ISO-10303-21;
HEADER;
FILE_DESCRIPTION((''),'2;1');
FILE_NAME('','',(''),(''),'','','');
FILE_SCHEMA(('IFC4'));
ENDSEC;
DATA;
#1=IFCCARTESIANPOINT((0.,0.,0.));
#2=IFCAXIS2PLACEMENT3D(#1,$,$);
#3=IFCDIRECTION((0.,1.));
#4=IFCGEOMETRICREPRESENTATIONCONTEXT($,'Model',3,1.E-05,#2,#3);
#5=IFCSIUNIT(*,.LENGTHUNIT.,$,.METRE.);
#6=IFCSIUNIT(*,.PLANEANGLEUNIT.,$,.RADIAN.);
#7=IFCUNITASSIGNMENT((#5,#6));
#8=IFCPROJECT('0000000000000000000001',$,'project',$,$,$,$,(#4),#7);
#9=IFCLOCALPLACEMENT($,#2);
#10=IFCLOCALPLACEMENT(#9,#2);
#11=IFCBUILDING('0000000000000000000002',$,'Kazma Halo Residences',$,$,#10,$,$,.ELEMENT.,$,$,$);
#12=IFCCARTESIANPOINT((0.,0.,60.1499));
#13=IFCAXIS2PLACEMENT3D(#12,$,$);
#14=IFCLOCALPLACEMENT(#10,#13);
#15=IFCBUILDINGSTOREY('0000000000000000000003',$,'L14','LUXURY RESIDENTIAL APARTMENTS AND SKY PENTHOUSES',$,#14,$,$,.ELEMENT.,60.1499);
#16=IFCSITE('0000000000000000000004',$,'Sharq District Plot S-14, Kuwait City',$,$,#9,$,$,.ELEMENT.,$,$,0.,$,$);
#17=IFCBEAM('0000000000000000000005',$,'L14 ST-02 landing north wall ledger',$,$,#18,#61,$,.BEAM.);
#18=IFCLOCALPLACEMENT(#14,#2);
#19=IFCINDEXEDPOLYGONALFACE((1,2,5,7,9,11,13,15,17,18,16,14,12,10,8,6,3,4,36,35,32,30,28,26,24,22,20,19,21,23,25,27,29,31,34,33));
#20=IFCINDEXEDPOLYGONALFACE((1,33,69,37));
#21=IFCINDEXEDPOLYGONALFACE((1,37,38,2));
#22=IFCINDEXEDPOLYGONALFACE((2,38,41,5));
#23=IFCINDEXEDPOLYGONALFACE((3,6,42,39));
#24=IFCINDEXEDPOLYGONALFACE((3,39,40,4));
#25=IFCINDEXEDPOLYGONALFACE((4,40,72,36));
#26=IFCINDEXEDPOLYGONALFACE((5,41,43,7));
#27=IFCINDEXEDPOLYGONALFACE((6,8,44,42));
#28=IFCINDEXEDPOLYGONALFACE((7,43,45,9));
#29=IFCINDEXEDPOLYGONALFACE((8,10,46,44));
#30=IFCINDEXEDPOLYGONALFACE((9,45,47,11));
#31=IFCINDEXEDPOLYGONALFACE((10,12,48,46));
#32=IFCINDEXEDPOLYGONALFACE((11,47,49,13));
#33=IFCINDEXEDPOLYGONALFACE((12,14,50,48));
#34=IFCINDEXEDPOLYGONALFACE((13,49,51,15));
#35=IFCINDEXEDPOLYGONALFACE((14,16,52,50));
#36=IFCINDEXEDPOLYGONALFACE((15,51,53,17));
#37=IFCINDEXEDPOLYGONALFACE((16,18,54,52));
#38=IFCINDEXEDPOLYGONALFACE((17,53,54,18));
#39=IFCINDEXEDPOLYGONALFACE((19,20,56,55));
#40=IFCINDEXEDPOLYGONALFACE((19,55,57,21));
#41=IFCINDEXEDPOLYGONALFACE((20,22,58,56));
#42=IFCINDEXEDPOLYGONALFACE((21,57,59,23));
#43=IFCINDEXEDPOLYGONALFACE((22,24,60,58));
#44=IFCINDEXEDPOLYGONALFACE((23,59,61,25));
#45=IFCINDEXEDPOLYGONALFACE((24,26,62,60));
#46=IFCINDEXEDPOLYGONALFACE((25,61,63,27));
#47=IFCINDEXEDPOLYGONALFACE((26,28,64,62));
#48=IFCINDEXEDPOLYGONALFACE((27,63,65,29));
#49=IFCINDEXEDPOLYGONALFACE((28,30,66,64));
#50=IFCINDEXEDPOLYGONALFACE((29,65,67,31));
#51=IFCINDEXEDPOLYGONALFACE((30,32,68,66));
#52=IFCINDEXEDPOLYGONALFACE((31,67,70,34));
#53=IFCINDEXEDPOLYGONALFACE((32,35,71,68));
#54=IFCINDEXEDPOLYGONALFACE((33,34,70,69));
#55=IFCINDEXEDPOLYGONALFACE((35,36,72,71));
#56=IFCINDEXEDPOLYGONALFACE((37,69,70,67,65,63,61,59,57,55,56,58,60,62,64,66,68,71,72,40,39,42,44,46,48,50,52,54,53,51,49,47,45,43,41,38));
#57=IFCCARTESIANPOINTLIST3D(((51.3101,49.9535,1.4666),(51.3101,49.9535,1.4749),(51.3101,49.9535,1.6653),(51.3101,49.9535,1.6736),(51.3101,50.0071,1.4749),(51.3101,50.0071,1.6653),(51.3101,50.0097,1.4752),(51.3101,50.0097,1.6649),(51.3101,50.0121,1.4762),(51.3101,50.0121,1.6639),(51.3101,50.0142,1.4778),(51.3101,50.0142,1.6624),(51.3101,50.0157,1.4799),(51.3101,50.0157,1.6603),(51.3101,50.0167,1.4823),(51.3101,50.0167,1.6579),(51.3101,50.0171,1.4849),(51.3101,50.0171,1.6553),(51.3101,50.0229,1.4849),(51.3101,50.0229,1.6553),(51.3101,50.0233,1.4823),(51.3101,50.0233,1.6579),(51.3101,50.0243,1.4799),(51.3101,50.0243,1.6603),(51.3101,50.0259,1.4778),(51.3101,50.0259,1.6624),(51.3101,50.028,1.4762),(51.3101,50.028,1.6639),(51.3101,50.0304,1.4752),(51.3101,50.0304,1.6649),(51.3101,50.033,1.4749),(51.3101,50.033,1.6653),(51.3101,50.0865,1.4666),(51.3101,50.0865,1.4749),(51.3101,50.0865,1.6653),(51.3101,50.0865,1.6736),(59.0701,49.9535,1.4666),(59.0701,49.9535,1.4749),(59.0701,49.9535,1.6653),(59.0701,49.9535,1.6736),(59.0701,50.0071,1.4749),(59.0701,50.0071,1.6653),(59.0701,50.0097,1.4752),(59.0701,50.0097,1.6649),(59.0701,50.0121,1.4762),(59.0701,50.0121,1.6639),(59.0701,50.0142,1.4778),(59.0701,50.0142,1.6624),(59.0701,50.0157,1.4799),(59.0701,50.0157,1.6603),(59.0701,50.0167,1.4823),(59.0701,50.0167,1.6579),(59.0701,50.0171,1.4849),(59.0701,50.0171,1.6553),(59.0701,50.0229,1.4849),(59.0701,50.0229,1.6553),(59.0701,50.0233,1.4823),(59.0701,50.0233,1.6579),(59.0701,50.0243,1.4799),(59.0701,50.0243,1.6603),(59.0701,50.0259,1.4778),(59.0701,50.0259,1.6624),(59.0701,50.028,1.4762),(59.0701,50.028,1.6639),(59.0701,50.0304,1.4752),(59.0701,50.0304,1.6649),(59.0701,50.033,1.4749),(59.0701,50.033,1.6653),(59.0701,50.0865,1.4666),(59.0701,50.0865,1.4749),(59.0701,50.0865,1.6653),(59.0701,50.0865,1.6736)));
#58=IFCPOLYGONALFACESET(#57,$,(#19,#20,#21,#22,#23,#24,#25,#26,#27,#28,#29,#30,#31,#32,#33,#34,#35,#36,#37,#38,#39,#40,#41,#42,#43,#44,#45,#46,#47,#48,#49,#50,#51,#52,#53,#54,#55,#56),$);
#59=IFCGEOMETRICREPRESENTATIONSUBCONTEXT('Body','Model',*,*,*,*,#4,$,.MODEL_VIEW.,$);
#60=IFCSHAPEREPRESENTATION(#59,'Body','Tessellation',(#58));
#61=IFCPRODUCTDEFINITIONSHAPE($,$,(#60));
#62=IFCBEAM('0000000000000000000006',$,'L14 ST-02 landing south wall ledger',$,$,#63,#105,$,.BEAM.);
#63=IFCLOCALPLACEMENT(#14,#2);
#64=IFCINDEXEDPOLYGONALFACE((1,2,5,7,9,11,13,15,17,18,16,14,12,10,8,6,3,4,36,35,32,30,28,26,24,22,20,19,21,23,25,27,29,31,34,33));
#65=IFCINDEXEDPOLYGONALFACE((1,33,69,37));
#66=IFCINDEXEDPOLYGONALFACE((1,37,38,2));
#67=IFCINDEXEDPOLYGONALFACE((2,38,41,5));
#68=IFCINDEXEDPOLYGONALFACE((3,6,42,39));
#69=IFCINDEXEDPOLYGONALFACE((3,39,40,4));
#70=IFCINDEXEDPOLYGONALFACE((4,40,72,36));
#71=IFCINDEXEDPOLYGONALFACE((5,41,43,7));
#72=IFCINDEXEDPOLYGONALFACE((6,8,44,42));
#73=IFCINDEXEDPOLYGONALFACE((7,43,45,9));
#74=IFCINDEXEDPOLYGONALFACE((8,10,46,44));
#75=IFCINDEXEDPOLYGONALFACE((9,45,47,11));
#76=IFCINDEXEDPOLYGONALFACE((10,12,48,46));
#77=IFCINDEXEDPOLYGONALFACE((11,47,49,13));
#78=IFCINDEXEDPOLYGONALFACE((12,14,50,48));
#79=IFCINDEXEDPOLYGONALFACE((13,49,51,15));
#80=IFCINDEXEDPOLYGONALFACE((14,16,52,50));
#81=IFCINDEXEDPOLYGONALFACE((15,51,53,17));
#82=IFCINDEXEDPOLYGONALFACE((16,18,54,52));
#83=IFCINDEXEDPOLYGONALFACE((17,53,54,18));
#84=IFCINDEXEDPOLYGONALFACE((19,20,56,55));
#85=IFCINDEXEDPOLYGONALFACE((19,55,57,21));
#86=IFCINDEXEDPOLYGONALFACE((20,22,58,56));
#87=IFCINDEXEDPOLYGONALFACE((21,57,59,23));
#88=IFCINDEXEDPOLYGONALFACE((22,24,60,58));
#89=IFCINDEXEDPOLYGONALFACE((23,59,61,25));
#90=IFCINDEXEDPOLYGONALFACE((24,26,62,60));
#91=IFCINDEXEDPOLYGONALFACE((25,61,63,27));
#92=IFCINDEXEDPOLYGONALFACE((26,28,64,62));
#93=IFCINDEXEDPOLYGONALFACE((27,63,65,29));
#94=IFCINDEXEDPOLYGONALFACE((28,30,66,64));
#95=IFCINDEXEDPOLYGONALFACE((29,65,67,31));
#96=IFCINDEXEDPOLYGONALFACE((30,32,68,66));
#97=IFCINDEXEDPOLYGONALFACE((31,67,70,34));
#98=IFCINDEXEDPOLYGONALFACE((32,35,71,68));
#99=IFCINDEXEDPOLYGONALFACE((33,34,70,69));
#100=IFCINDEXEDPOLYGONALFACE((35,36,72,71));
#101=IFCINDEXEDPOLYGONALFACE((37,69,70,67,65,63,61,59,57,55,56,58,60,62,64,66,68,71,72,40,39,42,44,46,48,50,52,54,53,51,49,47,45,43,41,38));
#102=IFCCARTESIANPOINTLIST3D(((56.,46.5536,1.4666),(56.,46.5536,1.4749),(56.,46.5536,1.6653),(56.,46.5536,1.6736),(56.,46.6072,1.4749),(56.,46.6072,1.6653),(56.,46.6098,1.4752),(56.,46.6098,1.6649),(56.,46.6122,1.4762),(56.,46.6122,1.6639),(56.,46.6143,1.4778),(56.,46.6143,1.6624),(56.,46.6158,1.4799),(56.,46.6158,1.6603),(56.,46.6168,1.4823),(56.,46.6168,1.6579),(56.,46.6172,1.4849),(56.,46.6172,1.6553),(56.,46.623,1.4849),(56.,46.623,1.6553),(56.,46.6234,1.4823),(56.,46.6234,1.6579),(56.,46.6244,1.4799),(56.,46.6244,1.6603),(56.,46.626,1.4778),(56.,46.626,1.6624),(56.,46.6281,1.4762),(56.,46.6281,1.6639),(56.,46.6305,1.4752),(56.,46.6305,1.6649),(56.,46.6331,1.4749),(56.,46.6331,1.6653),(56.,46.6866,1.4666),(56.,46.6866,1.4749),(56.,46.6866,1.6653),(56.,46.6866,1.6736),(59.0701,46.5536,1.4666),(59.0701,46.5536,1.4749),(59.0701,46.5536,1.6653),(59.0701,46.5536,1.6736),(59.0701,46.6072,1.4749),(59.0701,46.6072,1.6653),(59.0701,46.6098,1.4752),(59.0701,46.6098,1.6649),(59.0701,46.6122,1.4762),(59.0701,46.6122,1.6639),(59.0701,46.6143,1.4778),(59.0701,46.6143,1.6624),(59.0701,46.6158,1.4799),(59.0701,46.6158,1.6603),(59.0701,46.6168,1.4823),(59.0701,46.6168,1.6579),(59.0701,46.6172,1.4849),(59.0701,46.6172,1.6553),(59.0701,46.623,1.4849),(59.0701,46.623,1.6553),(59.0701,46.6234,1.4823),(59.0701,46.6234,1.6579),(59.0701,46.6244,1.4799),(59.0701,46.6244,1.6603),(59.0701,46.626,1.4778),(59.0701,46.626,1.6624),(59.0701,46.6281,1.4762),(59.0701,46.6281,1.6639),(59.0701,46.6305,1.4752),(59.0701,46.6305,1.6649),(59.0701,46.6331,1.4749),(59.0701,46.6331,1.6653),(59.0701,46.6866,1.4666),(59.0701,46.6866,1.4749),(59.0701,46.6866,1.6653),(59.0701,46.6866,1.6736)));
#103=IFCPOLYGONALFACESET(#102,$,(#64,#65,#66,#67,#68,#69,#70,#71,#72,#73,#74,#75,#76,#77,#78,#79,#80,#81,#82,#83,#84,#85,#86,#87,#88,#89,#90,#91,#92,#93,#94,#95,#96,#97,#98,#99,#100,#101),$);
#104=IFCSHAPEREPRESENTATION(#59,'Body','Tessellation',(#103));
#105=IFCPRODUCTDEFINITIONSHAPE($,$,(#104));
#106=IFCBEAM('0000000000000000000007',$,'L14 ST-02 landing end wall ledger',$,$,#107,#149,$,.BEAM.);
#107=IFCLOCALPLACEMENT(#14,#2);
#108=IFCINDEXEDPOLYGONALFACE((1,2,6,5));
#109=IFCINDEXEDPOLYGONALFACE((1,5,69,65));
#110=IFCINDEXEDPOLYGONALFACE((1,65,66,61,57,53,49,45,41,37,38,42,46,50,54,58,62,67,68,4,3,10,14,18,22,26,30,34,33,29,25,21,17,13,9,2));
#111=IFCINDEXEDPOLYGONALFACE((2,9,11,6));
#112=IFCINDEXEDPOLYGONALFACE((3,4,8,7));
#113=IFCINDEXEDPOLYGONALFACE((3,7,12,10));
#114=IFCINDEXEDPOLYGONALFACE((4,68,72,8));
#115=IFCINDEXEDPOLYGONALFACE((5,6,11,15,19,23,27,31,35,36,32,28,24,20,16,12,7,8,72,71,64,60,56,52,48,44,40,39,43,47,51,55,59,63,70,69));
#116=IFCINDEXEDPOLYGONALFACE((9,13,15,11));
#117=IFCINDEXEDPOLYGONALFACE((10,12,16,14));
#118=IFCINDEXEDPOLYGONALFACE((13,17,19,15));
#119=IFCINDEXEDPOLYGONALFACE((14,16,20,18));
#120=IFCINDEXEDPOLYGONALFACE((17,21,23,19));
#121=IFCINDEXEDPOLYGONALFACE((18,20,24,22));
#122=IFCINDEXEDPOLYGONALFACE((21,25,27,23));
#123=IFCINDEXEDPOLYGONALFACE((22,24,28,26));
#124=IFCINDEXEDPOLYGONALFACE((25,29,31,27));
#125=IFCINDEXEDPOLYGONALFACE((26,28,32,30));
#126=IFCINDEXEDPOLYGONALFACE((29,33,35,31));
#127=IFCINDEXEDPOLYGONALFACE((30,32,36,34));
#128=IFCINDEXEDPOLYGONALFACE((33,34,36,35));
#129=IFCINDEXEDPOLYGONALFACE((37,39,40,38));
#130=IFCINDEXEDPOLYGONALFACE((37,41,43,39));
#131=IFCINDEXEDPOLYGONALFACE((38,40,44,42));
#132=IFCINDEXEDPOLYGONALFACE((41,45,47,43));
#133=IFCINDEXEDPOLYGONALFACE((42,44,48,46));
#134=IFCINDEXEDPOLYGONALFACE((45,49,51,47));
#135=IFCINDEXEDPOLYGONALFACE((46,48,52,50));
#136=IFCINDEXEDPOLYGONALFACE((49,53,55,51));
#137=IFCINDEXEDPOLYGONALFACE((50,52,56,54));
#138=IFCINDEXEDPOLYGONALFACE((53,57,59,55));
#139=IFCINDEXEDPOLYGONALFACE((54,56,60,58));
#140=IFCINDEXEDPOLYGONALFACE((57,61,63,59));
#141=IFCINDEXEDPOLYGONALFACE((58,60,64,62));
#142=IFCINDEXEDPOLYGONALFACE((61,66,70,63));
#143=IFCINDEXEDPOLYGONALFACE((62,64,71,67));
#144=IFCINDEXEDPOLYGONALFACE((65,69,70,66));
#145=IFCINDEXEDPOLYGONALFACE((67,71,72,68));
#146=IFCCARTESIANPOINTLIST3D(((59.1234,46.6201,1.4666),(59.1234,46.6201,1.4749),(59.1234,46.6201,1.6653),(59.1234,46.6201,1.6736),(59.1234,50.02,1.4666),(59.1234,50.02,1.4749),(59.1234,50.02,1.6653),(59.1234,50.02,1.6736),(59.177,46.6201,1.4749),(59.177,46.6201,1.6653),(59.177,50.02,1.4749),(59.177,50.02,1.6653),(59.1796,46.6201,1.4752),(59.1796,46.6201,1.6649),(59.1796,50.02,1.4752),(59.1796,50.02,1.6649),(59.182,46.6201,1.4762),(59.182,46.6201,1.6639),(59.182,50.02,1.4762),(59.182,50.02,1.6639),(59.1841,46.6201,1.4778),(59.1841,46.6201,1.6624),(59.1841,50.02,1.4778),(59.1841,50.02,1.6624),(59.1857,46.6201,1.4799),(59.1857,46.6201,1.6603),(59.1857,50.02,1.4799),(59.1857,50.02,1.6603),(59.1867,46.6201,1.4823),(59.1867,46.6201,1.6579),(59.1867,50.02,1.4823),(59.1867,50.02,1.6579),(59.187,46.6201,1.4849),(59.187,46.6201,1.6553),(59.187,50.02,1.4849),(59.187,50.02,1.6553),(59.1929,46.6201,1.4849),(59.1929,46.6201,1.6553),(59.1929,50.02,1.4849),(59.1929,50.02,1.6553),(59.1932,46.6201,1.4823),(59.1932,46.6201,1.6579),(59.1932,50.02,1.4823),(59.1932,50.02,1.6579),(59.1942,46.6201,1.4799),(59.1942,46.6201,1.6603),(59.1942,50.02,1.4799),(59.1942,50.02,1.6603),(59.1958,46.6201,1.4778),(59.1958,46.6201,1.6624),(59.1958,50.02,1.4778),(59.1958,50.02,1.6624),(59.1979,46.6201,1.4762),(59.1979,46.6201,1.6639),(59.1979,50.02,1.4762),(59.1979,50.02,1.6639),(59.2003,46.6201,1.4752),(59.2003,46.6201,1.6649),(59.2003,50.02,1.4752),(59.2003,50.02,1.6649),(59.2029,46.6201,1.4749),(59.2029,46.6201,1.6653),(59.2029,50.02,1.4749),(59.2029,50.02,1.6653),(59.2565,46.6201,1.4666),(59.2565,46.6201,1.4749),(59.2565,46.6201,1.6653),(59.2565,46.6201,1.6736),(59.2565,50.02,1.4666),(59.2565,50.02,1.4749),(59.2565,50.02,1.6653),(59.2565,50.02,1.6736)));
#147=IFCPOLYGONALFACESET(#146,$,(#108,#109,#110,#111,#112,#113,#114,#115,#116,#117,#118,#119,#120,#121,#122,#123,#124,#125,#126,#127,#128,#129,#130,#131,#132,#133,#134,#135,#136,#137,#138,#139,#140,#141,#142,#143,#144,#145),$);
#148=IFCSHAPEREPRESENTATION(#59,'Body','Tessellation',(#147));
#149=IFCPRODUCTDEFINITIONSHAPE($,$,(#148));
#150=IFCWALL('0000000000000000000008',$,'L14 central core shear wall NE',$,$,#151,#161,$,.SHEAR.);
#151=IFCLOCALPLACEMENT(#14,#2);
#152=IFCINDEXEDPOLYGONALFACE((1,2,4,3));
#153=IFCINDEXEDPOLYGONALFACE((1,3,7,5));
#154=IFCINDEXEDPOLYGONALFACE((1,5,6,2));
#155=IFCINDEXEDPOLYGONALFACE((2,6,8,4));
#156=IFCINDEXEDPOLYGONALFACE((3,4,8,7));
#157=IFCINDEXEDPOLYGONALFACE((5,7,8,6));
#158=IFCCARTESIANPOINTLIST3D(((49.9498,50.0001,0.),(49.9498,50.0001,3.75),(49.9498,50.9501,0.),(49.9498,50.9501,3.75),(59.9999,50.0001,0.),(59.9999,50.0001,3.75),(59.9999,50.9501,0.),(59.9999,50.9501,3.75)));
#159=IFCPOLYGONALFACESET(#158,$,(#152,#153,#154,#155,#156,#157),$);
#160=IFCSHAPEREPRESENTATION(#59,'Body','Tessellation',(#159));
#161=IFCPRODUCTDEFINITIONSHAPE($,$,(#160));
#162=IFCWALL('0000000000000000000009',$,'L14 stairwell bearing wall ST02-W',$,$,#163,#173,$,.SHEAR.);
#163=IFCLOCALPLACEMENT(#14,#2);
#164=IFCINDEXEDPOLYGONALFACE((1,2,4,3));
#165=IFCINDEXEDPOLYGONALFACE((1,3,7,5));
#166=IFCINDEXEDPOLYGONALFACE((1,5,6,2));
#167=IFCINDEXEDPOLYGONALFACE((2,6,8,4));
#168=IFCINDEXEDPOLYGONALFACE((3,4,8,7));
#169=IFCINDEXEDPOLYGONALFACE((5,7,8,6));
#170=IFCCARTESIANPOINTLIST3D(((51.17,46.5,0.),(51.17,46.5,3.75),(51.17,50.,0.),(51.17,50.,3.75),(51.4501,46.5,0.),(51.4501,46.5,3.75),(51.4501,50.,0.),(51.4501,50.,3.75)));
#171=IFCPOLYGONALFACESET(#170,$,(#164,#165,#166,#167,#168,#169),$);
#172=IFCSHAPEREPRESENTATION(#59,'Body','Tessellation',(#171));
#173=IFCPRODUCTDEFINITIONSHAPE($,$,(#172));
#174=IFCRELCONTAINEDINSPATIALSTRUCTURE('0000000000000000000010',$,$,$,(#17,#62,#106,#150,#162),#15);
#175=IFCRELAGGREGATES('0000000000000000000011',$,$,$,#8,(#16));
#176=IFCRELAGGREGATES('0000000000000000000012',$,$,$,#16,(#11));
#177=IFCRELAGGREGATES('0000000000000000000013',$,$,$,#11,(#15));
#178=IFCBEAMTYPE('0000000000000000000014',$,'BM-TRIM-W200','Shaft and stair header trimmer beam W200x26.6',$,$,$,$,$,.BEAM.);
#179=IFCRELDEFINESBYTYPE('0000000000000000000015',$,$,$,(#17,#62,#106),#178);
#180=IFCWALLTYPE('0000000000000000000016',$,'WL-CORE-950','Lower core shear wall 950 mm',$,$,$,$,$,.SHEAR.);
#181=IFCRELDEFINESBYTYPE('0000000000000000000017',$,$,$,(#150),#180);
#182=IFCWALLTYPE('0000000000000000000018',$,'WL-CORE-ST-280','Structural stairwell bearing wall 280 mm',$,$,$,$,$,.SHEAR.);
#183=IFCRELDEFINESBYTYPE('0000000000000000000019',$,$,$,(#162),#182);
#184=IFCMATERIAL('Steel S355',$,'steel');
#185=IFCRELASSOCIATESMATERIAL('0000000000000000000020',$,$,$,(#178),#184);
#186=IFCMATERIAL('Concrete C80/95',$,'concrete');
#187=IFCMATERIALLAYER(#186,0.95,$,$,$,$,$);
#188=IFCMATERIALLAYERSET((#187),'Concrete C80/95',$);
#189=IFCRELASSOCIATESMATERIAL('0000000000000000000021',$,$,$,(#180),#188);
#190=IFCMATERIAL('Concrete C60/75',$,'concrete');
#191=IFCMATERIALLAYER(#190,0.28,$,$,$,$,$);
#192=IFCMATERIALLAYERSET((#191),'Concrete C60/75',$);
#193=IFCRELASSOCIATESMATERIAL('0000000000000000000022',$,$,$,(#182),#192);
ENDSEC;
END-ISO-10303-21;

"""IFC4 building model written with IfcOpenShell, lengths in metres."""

from ifc_helpers import new_model, si_unit, direction, frame, frame_2d, origin, origin_2d, place, context, subcontext, project, spatial, rectangle, i_section, extrude, material, layer, layer_set, material_profile, profile_set, type_object, element, save


model = new_model("IFC4")

# Units and contexts
model_context = context("Model", 3, precision=1e-05, world=origin(), true_north=direction((0.0, 1.0)))
body_context = subcontext(model_context, "Body", "Model", "MODEL_VIEW")
ifc_project = project(units=[si_unit("LENGTHUNIT", "METRE"), si_unit("PLANEANGLEUNIT", "RADIAN")], contexts=[model_context])

# Site, building, storey
site_placement = place(None, origin())
site = spatial("IfcSite", under=ifc_project, at=site_placement, Name="Sharq District Plot S-14, Kuwait City", CompositionType="ELEMENT", RefElevation=0.0)
building_placement = place(site_placement, origin())
building = spatial("IfcBuilding", under=site, at=building_placement, Name="Kazma Halo Residences", CompositionType="ELEMENT")
storey_placement = place(building_placement, frame((0.0, 0.0, 60.1499)))
storey = spatial("IfcBuildingStorey", under=building, at=storey_placement, Name="L14", Description="LUXURY RESIDENTIAL APARTMENTS AND SKY PENTHOUSES", CompositionType="ELEMENT", Elevation=60.1499)

# Shared definitions
ifc_material_1 = material(Name="Steel S355", Category="steel")

# Beams
ifc_material_profile_1 = material_profile(ifc_material_1, i_section(OverallWidth=0.1331, OverallDepth=0.207, WebThickness=0.0059, FlangeThickness=0.0083, FilletRadius=0.01, at=origin_2d()), Name="W200x26.6")
ifc_profile_set_1 = profile_set([ifc_material_profile_1], Name="Steel S355")
beam_type_1 = type_object("IfcBeamType", Name="BM-TRIM-W200", Description="Shaft and stair header trimmer beam W200x26.6", PredefinedType="BEAM", material=ifc_profile_set_1)
beam_1_placement = place(storey_placement, frame((51.3101, 50.02, 1.5701), z_axis=(1.0, 0.0, 0.0), x_axis=(0.0, 1.0, 0.0)))
element("IfcBeam", 1, at=beam_1_placement, inside=storey, type_object=beam_type_1, Name="L14 ST-02 landing north wall ledger", PredefinedType="BEAM", context=body_context, shape_type="SweptSolid", body=[
    extrude(i_section(OverallWidth=0.1331, OverallDepth=0.207, WebThickness=0.0059, FlangeThickness=0.0083, FilletRadius=0.01, at=origin_2d()), origin(), (0.0, 0.0, 1.0), 7.76),
])
beam_2_placement = place(storey_placement, frame((56.0, 46.6201, 1.5701), z_axis=(1.0, 0.0, 0.0), x_axis=(0.0, 1.0, 0.0)))
element("IfcBeam", 2, at=beam_2_placement, inside=storey, type_object=beam_type_1, Name="L14 ST-02 landing south wall ledger", PredefinedType="BEAM", context=body_context, shape_type="SweptSolid", body=[
    extrude(i_section(OverallWidth=0.1331, OverallDepth=0.207, WebThickness=0.0059, FlangeThickness=0.0083, FilletRadius=0.01, at=origin_2d()), origin(), (0.0, 0.0, 1.0), 3.0701),
])
beam_3_placement = place(storey_placement, frame((59.1899, 46.6201, 1.5701), z_axis=(0.0, 1.0, 0.0), x_axis=(-1.0, 0.0, 0.0)))
element("IfcBeam", 3, at=beam_3_placement, inside=storey, type_object=beam_type_1, Name="L14 ST-02 landing end wall ledger", PredefinedType="BEAM", context=body_context, shape_type="SweptSolid", body=[
    extrude(i_section(OverallWidth=0.1331, OverallDepth=0.207, WebThickness=0.0059, FlangeThickness=0.0083, FilletRadius=0.01, at=origin_2d()), origin(), (0.0, 0.0, 1.0), 3.3999),
])

# Walls
ifc_material_2 = material(Name="Concrete C80/95", Category="concrete")
ifc_layer_1 = layer(ifc_material_2, 0.95)
ifc_layer_set_1 = layer_set([ifc_layer_1], Name="Concrete C80/95")
wall_type_1 = type_object("IfcWallType", Name="WL-CORE-950", Description="Lower core shear wall 950 mm", PredefinedType="SHEAR", material=ifc_layer_set_1)
wall_1_placement = place(storey_placement, frame((49.95, 50.4751, 0.0), z_axis=(0.0, 0.0, 1.0), x_axis=(1.0, 0.0, 0.0)))
element("IfcWall", 4, at=wall_1_placement, inside=storey, type_object=wall_type_1, Name="L14 central core shear wall NE", PredefinedType="SHEAR", context=body_context, shape_type="SweptSolid", body=[
    extrude(rectangle(XDim=10.05, YDim=0.95, at=frame_2d((5.0249, 0.0))), origin(), (0.0, 0.0, 1.0), 3.75),
])
ifc_material_3 = material(Name="Concrete C60/75", Category="concrete")
ifc_layer_2 = layer(ifc_material_3, 0.28)
ifc_layer_set_2 = layer_set([ifc_layer_2], Name="Concrete C60/75")
wall_type_2 = type_object("IfcWallType", Name="WL-CORE-ST-280", Description="Structural stairwell bearing wall 280 mm", PredefinedType="SHEAR", material=ifc_layer_set_2)
wall_2_placement = place(storey_placement, frame((51.3101, 46.5, 0.0), z_axis=(0.0, 0.0, 1.0), x_axis=(0.0, 1.0, 0.0)))
element("IfcWall", 5, at=wall_2_placement, inside=storey, type_object=wall_type_2, Name="L14 stairwell bearing wall ST02-W", PredefinedType="SHEAR", context=body_context, shape_type="SweptSolid", body=[
    extrude(rectangle(XDim=3.5, YDim=0.28, at=frame_2d((1.75, 0.0))), origin(), (0.0, 0.0, 1.0), 3.75),
])

save(model, "model.ifc")
